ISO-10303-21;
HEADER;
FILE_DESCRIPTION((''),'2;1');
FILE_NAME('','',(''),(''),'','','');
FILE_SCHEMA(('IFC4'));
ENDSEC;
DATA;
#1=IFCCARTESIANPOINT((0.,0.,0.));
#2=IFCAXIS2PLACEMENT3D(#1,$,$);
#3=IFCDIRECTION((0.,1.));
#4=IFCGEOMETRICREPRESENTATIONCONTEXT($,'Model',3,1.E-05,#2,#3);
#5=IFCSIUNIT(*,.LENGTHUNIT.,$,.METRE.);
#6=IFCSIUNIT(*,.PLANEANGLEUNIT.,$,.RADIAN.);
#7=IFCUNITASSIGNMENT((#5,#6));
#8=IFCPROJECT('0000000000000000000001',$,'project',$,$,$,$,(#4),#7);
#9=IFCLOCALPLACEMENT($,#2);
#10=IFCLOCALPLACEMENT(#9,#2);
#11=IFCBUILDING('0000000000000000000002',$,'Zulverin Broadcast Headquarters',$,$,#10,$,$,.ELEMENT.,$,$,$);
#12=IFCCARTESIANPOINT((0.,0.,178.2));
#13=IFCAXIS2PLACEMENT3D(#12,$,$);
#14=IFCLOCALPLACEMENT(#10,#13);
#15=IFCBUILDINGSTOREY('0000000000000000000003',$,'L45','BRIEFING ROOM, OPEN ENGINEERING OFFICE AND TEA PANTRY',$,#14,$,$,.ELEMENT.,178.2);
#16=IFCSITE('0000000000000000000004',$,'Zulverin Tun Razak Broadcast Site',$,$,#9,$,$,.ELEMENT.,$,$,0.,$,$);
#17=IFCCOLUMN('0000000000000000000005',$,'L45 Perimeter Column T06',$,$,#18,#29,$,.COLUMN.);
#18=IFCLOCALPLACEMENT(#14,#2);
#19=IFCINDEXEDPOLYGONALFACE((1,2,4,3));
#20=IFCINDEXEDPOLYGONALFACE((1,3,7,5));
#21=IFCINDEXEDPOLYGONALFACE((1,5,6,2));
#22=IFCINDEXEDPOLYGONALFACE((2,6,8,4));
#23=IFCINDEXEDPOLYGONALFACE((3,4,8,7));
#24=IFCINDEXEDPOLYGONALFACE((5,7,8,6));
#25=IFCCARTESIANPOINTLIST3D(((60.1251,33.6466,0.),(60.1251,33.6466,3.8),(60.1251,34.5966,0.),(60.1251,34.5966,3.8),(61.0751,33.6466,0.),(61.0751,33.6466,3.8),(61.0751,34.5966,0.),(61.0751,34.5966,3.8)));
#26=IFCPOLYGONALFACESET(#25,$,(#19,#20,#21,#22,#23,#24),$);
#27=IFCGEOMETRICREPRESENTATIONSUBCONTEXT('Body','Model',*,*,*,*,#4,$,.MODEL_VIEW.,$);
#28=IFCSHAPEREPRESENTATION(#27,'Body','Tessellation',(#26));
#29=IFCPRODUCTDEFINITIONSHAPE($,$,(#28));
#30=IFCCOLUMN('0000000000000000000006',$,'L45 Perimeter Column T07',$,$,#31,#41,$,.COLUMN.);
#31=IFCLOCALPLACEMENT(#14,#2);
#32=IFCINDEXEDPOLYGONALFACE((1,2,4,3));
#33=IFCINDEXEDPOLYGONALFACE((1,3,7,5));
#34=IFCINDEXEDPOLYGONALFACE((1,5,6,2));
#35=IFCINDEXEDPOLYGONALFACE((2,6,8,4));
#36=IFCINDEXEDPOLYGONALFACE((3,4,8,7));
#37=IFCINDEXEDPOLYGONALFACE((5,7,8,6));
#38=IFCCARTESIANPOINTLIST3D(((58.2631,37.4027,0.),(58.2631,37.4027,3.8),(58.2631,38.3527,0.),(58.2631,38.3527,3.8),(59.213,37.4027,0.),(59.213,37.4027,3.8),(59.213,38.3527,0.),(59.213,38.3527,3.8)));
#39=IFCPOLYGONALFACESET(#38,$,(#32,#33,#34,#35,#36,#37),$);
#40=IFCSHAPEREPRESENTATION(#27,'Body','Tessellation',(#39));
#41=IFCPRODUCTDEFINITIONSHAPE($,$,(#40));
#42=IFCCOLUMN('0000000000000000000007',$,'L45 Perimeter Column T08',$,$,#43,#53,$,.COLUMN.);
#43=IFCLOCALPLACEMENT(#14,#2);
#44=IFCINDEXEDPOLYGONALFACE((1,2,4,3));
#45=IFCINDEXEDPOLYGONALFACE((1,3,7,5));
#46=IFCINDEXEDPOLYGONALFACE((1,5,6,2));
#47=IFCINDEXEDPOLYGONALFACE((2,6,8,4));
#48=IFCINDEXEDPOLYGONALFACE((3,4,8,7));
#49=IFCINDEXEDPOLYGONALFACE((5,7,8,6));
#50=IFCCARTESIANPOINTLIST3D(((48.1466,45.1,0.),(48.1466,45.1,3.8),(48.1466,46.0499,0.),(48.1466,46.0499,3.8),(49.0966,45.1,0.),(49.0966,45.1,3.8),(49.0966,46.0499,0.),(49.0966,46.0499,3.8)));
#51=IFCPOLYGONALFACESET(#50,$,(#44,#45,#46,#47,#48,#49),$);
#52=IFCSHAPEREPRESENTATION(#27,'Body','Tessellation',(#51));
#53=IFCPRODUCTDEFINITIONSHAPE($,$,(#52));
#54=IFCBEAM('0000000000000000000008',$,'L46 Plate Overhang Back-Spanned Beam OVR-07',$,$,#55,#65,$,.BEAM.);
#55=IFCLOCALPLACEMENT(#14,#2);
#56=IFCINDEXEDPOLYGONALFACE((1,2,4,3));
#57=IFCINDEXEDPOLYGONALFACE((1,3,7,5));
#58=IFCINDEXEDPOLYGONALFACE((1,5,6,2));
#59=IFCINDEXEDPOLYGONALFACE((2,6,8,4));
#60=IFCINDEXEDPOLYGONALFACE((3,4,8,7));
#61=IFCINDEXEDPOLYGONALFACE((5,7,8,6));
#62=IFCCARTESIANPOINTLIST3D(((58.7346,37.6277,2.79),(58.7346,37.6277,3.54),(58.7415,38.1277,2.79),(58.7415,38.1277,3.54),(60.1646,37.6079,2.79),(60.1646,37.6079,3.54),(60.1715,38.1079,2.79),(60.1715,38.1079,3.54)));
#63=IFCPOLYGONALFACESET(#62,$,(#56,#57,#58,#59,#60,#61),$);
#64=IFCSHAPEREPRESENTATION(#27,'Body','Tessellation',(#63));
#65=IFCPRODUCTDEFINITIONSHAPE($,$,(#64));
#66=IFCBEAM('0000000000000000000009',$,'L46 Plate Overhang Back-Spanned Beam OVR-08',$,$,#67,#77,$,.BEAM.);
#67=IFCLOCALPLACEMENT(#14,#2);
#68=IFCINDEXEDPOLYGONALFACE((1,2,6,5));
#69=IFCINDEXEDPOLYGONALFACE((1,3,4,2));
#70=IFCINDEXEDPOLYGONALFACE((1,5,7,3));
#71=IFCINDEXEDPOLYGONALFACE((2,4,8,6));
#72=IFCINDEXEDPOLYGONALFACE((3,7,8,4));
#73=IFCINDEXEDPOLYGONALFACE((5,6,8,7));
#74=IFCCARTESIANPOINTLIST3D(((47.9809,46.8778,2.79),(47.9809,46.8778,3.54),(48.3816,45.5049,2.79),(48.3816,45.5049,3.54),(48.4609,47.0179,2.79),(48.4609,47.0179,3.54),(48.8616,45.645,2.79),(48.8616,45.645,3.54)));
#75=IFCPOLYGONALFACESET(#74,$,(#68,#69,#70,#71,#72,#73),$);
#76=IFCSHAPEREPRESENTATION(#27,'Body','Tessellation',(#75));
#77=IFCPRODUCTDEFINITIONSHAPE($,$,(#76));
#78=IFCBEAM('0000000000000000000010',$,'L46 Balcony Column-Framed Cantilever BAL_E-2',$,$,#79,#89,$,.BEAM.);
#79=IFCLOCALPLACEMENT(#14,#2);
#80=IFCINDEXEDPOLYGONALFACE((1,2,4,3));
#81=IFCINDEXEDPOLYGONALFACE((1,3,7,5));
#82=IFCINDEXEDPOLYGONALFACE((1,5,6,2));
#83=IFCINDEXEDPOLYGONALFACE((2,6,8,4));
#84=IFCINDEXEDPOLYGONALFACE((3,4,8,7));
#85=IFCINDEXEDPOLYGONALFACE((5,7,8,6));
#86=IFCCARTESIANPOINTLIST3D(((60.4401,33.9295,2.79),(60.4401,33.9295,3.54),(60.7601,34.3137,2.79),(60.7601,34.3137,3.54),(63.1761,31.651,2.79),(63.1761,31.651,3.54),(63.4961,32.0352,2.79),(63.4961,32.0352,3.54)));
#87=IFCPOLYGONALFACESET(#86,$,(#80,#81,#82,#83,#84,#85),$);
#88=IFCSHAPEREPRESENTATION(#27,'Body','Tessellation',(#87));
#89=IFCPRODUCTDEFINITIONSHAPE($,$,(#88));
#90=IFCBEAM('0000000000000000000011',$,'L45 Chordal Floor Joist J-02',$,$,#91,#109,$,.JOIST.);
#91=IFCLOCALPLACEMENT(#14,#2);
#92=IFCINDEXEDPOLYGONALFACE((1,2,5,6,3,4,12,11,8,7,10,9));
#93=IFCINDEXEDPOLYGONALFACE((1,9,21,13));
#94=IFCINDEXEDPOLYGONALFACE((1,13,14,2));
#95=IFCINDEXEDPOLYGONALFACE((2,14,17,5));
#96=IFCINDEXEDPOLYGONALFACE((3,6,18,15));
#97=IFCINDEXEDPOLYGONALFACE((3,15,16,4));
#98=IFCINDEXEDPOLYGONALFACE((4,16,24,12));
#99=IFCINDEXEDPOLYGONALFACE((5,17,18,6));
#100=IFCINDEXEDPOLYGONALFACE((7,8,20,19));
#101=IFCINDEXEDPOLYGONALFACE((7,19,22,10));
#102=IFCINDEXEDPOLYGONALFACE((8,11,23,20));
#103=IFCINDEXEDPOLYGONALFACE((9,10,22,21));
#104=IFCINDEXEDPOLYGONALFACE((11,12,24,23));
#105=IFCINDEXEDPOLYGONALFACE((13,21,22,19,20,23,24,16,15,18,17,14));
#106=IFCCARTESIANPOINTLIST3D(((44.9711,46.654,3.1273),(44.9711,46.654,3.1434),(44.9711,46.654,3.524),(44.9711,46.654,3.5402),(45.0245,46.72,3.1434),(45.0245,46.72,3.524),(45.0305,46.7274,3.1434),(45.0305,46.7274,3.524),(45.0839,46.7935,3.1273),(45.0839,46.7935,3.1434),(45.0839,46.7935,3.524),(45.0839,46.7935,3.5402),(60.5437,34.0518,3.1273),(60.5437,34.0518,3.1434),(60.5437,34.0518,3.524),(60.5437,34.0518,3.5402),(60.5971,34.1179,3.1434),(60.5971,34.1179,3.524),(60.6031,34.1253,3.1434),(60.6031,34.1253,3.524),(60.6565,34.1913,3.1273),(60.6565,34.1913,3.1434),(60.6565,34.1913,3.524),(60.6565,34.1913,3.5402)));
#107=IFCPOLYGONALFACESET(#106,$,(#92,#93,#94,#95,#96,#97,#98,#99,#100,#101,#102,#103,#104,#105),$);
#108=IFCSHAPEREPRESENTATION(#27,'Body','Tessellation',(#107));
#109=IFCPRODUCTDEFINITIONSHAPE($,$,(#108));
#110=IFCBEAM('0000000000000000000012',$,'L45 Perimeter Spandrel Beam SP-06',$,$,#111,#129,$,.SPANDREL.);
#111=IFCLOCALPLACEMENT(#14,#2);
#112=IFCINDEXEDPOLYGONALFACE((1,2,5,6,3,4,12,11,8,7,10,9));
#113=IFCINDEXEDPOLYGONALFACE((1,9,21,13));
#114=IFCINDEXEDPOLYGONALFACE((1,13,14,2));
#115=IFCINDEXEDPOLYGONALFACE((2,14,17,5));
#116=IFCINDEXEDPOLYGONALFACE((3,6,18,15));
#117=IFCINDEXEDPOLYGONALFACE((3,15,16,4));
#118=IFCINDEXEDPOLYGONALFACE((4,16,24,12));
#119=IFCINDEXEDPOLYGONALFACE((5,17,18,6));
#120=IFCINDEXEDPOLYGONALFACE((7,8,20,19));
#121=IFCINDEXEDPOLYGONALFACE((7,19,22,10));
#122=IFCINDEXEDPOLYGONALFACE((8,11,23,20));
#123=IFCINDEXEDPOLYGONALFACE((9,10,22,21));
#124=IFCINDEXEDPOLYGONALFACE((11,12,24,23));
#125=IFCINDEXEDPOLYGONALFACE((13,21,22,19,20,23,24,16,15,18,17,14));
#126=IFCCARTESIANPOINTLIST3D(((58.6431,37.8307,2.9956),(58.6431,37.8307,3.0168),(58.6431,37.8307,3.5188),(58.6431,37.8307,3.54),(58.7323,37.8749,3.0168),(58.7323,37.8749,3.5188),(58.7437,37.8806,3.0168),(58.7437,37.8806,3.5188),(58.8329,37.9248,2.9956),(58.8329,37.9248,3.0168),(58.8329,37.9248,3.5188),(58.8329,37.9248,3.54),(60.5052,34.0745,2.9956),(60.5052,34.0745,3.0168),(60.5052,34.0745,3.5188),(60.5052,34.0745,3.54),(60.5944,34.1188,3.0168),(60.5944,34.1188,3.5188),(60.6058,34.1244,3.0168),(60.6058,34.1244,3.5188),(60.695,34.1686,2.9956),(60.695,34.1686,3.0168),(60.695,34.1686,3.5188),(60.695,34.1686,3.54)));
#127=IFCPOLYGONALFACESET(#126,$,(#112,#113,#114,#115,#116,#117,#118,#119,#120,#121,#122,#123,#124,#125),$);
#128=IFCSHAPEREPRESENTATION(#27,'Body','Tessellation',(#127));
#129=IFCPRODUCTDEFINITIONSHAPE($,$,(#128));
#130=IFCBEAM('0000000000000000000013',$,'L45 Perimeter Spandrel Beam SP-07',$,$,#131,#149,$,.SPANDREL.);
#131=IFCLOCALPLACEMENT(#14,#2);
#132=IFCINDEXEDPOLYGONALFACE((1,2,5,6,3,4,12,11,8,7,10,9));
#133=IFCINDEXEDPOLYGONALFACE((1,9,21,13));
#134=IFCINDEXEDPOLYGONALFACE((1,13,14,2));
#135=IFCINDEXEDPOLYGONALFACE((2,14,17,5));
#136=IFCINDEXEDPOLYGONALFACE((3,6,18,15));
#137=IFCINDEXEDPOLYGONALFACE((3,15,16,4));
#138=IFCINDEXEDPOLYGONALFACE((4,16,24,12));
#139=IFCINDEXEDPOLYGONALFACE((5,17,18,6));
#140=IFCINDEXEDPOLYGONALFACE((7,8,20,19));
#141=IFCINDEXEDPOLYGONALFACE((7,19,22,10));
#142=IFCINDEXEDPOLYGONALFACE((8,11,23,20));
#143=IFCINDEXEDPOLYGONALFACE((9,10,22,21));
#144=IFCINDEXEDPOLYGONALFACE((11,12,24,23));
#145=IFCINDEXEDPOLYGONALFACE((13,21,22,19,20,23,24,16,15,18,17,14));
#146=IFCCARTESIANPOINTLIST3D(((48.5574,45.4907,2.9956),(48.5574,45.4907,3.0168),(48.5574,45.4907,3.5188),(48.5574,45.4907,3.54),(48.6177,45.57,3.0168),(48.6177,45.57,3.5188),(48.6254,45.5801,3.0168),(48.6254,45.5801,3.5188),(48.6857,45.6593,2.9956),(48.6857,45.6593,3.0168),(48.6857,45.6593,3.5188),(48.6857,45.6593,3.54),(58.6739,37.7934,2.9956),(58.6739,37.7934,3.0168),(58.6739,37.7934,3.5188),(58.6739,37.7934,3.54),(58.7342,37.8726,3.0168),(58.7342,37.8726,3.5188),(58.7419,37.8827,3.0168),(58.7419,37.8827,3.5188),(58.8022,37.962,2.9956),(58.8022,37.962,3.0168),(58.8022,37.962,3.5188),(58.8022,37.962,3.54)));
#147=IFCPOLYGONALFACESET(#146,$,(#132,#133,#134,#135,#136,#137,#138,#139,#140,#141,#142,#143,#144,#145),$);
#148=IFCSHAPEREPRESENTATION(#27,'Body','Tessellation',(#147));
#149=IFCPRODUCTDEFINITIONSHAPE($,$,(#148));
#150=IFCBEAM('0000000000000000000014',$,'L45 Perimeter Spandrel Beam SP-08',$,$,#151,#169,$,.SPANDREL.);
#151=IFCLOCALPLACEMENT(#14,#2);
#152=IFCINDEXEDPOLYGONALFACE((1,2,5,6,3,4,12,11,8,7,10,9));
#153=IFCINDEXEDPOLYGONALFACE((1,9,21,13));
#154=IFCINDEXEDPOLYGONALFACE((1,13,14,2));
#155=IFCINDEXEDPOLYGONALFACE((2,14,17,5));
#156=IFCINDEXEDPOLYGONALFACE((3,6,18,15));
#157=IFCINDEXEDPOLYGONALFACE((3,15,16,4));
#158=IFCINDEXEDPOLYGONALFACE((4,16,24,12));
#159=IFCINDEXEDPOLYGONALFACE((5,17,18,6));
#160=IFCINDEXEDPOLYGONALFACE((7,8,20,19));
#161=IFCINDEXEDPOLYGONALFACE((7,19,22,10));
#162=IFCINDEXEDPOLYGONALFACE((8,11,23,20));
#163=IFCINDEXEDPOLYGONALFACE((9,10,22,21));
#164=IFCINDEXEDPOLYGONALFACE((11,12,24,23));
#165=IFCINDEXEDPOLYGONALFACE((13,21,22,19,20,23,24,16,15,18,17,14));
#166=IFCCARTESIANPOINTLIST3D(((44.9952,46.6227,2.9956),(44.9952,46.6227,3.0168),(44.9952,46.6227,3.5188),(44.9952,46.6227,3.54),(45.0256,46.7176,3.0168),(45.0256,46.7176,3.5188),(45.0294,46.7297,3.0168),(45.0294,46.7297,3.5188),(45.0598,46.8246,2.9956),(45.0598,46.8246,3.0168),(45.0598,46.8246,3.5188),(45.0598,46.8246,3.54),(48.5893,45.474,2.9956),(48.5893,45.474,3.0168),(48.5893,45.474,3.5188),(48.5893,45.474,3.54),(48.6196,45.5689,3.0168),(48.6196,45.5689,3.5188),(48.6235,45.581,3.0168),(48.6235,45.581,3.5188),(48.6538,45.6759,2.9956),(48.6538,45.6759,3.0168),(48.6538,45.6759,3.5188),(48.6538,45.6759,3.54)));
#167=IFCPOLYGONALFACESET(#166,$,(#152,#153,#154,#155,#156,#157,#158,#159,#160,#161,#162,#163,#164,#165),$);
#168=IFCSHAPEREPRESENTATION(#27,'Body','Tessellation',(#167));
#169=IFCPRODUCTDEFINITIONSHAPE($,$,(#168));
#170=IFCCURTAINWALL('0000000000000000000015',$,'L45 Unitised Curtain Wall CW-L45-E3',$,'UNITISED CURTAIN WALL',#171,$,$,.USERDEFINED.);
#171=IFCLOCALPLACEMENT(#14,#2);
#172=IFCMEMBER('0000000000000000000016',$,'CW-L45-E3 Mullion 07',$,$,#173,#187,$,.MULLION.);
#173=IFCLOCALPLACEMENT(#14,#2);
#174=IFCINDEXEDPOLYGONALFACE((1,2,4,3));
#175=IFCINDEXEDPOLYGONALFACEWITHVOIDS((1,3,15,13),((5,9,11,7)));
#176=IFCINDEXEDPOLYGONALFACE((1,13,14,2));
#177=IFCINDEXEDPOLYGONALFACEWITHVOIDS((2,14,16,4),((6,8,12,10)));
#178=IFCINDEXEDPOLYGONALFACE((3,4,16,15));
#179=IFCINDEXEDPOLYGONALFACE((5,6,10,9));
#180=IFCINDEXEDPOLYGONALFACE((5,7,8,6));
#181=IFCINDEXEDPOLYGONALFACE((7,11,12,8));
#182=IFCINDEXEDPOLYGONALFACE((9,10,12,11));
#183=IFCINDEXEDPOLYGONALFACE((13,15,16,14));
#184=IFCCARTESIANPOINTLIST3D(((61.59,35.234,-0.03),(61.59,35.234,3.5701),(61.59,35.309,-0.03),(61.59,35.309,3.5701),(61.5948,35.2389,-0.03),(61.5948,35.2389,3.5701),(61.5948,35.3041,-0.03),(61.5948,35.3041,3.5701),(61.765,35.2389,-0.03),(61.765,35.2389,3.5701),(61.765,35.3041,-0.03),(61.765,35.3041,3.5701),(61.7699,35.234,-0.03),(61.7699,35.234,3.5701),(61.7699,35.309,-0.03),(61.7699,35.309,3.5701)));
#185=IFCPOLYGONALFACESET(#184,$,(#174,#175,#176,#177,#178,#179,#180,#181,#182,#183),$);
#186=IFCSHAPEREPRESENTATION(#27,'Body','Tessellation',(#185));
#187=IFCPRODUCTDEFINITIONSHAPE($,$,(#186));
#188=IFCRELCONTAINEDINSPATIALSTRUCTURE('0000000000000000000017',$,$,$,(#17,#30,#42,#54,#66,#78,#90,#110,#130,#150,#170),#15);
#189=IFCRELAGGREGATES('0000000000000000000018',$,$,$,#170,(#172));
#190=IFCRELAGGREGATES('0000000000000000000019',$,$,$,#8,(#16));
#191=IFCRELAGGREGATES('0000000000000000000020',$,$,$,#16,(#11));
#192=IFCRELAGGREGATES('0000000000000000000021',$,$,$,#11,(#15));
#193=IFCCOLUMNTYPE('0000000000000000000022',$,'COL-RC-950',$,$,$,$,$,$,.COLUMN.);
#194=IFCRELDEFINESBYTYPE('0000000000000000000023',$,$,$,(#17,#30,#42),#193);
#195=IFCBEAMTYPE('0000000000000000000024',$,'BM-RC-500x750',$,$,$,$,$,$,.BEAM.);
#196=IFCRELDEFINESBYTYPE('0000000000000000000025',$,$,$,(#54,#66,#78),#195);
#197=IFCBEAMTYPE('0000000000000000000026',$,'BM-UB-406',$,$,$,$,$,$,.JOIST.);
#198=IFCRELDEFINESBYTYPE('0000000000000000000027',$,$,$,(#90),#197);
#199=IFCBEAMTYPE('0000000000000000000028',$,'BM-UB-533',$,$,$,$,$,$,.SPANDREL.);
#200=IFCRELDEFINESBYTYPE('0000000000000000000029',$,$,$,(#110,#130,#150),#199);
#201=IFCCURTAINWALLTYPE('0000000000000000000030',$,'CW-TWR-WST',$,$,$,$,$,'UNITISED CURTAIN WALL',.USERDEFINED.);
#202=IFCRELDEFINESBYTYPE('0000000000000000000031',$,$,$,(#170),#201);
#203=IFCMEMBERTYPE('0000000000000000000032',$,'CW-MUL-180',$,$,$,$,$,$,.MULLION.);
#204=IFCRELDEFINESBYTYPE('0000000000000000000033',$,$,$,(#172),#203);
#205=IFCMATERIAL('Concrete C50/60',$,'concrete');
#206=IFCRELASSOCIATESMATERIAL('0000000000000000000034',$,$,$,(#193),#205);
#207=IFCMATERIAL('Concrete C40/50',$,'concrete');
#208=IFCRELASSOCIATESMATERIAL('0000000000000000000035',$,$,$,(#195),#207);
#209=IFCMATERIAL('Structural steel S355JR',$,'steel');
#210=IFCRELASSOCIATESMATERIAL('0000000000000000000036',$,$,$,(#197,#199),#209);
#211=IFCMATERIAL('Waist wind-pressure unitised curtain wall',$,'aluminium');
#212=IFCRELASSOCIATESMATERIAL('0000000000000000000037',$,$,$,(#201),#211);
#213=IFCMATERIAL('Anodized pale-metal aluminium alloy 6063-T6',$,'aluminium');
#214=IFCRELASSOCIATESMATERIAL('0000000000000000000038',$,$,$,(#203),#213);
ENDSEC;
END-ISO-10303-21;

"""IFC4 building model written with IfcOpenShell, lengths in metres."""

from ifc_helpers import new_model, si_unit, direction, frame, origin, origin_2d, place, context, subcontext, project, spatial, rectangle, hollow_rectangle, i_section, extrude, material, material_profile, profile_set, type_object, element, aggregate, save


model = new_model("IFC4")

# Units and contexts
model_context = context("Model", 3, precision=1e-05, world=origin(), true_north=direction((0.0, 1.0)))
body_context = subcontext(model_context, "Body", "Model", "MODEL_VIEW")
ifc_project = project(units=[si_unit("LENGTHUNIT", "METRE"), si_unit("PLANEANGLEUNIT", "RADIAN")], contexts=[model_context])

# Site, building, storey
site_placement = place(None, origin())
site = spatial("IfcSite", under=ifc_project, at=site_placement, Name="Zulverin Tun Razak Broadcast Site", CompositionType="ELEMENT", RefElevation=0.0)
building_placement = place(site_placement, origin())
building = spatial("IfcBuilding", under=site, at=building_placement, Name="Zulverin Broadcast Headquarters", CompositionType="ELEMENT")
storey_placement = place(building_placement, frame((0.0, 0.0, 178.2)))
storey = spatial("IfcBuildingStorey", under=building, at=storey_placement, Name="L45", Description="BRIEFING ROOM, OPEN ENGINEERING OFFICE AND TEA PANTRY", CompositionType="ELEMENT", Elevation=178.2)

# Columns
ifc_material_1 = material(Name="Concrete C50/60", Category="concrete")
ifc_material_profile_1 = material_profile(ifc_material_1, rectangle(XDim=0.95, YDim=0.95, at=origin_2d()), Name="Concrete C50/60", Category="concrete")
ifc_profile_set_1 = profile_set([ifc_material_profile_1], Name="Concrete C50/60")
column_type = type_object("IfcColumnType", Name="COL-RC-950", PredefinedType="COLUMN", material=ifc_profile_set_1)
for number, where, z_axis, x_axis, name in (
    (1, (60.6001, 34.1216, 0.0), (0.0, 0.0, 1.0), (1.0, 0.0, 0.0), "L45 Perimeter Column T06"),
    (2, (58.738, 37.8777, 0.0), (0.0, 0.0, 1.0), (1.0, 0.0, 0.0), "L45 Perimeter Column T07"),
    (3, (48.6216, 45.575, 0.0), (0.0, 0.0, 1.0), (1.0, 0.0, 0.0), "L45 Perimeter Column T08"),
):
    element("IfcColumn", number, at=place(storey_placement, frame(where, z_axis=z_axis, x_axis=x_axis)), inside=storey, type_object=column_type, Name=name, PredefinedType="COLUMN", context=body_context, shape_type="SweptSolid", body=[
        extrude(rectangle(XDim=0.95, YDim=0.95, at=origin_2d()), origin(), (0.0, 0.0, 1.0), 3.8),
    ])

# Beams
ifc_material_2 = material(Name="Concrete C40/50", Category="concrete")
ifc_material_profile_2 = material_profile(ifc_material_2, rectangle(XDim=0.5, YDim=0.75, at=origin_2d()), Name="Concrete C40/50", Category="concrete")
ifc_profile_set_2 = profile_set([ifc_material_profile_2], Name="Concrete C40/50")
beam_type_1 = type_object("IfcBeamType", Name="BM-RC-500x750", PredefinedType="BEAM", material=ifc_profile_set_2)
for number, where, z_axis, x_axis, name in (
    (4, (58.738, 37.8777, 3.165), (0.999904, -0.013828, 0.0), (0.013828, 0.999904, 0.0), "L46 Plate Overhang Back-Spanned Beam OVR-07"),
    (5, (48.6216, 45.575, 3.165), (-0.280151, 0.959956, 0.0), (-0.959956, -0.280151, 0.0), "L46 Plate Overhang Back-Spanned Beam OVR-08"),
):
    element("IfcBeam", number, at=place(storey_placement, frame(where, z_axis=z_axis, x_axis=x_axis)), inside=storey, type_object=beam_type_1, Name=name, PredefinedType="BEAM", context=body_context, shape_type="SweptSolid", body=[
        extrude(rectangle(XDim=0.5, YDim=0.75, at=origin_2d()), origin(), (0.0, 0.0, 1.0), 1.4302),
    ])
beam_1_placement = place(storey_placement, frame((60.6001, 34.1216, 3.165), z_axis=(0.768429, -0.639935, 0.0), x_axis=(0.639935, 0.768429, 0.0)))
element("IfcBeam", 6, at=beam_1_placement, inside=storey, type_object=beam_type_1, Name="L46 Balcony Column-Framed Cantilever BAL_E-2", PredefinedType="BEAM", context=body_context, shape_type="SweptSolid", body=[
    extrude(rectangle(XDim=0.5, YDim=0.75, at=origin_2d()), origin(), (0.0, 0.0, 1.0), 3.5605),
])
ifc_material_3 = material(Name="Structural steel S355JR", Category="steel")
ifc_material_profile_3 = material_profile(ifc_material_3, i_section(OverallWidth=0.1794, OverallDepth=0.4128, WebThickness=0.0095, FlangeThickness=0.0161, at=origin_2d()), Name="Structural steel S355JR", Category="steel")
ifc_profile_set_3 = profile_set([ifc_material_profile_3], Name="Structural steel S355JR")
beam_type_2 = type_object("IfcBeamType", Name="BM-UB-406", PredefinedType="JOIST", material=ifc_profile_set_3)
beam_2_placement = place(storey_placement, frame((60.6001, 34.1216, 3.3337), z_axis=(-0.777349, 0.62907, 0.0), x_axis=(-0.62907, -0.777349, 0.0)))
element("IfcBeam", 7, at=beam_2_placement, inside=storey, type_object=beam_type_2, Name="L45 Chordal Floor Joist J-02", PredefinedType="JOIST", context=body_context, shape_type="SweptSolid", body=[
    extrude(i_section(OverallWidth=0.1794, OverallDepth=0.4128, WebThickness=0.0095, FlangeThickness=0.0161, at=origin_2d()), origin(), (0.0, 0.0, 1.0), 20.033),
])
ifc_material_profile_4 = material_profile(ifc_material_3, i_section(OverallWidth=0.2119, OverallDepth=0.5444, WebThickness=0.0127, FlangeThickness=0.0212, at=origin_2d()), Name="Structural steel S355JR", Category="steel")
ifc_profile_set_4 = profile_set([ifc_material_profile_4], Name="Structural steel S355JR")
beam_type_3 = type_object("IfcBeamType", Name="BM-UB-533", PredefinedType="SPANDREL", material=ifc_profile_set_4)
beam_3_placement = place(storey_placement, frame((60.6001, 34.1216, 3.2678), z_axis=(-0.444159, 0.895948, 0.0), x_axis=(-0.895948, -0.444159, 0.0)))
element("IfcBeam", 8, at=beam_3_placement, inside=storey, type_object=beam_type_3, Name="L45 Perimeter Spandrel Beam SP-06", PredefinedType="SPANDREL", context=body_context, shape_type="SweptSolid", body=[
    extrude(i_section(OverallWidth=0.2119, OverallDepth=0.5444, WebThickness=0.0127, FlangeThickness=0.0212, at=origin_2d()), origin(), (0.0, 0.0, 1.0), 4.1924),
])
beam_4_placement = place(storey_placement, frame((58.738, 37.8777, 3.2678), z_axis=(-0.79583, 0.60552, 0.0), x_axis=(-0.60552, -0.79583, 0.0)))
element("IfcBeam", 9, at=beam_4_placement, inside=storey, type_object=beam_type_3, Name="L45 Perimeter Spandrel Beam SP-07", PredefinedType="SPANDREL", context=body_context, shape_type="SweptSolid", body=[
    extrude(i_section(OverallWidth=0.2119, OverallDepth=0.5444, WebThickness=0.0127, FlangeThickness=0.0212, at=origin_2d()), origin(), (0.0, 0.0, 1.0), 12.7119),
])
beam_5_placement = place(storey_placement, frame((48.6216, 45.575, 3.2678), z_axis=(-0.952532, 0.30444, 0.0), x_axis=(-0.30444, -0.952532, 0.0)))
element("IfcBeam", 10, at=beam_5_placement, inside=storey, type_object=beam_type_3, Name="L45 Perimeter Spandrel Beam SP-08", PredefinedType="SPANDREL", context=body_context, shape_type="SweptSolid", body=[
    extrude(i_section(OverallWidth=0.2119, OverallDepth=0.5444, WebThickness=0.0127, FlangeThickness=0.0212, at=origin_2d()), origin(), (0.0, 0.0, 1.0), 3.7732),
])

# Curtain wall, member
ifc_material_4 = material(Name="Waist wind-pressure unitised curtain wall", Category="aluminium")
curtain_wall_type = type_object("IfcCurtainWallType", Name="CW-TWR-WST", ElementType="UNITISED CURTAIN WALL", PredefinedType="USERDEFINED", material=ifc_material_4)
curtain_wall_placement = place(storey_placement, origin())
curtain_wall = element("IfcCurtainWall", 11, at=curtain_wall_placement, inside=storey, type_object=curtain_wall_type, Name="L45 Unitised Curtain Wall CW-L45-E3", ObjectType="UNITISED CURTAIN WALL", PredefinedType="USERDEFINED")
ifc_material_5 = material(Name="Anodized pale-metal aluminium alloy 6063-T6", Category="aluminium")
ifc_material_profile_5 = material_profile(ifc_material_5, hollow_rectangle(XDim=0.075, YDim=0.1799, WallThickness=0.0049, at=origin_2d()), Name="Anodized pale-metal aluminium alloy 6063-T6", Category="aluminium")
ifc_profile_set_5 = profile_set([ifc_material_profile_5], Name="Anodized pale-metal aluminium alloy 6063-T6")
member_type = type_object("IfcMemberType", Name="CW-MUL-180", PredefinedType="MULLION", material=ifc_profile_set_5)
member_placement = place(storey_placement, frame((61.6799, 35.2715, -0.03), z_axis=(0.0, 0.0, 1.0), x_axis=(0.0, 1.0, 0.0)))
member = element("IfcMember", 12, at=member_placement, type_object=member_type, Name="CW-L45-E3 Mullion 07", PredefinedType="MULLION", context=body_context, shape_type="SweptSolid", body=[
    extrude(hollow_rectangle(XDim=0.075, YDim=0.1799, WallThickness=0.0049, at=origin_2d()), origin(), (0.0, 0.0, 1.0), 3.6001),
])
aggregate(curtain_wall, [member])

save(model, "model.ifc")
